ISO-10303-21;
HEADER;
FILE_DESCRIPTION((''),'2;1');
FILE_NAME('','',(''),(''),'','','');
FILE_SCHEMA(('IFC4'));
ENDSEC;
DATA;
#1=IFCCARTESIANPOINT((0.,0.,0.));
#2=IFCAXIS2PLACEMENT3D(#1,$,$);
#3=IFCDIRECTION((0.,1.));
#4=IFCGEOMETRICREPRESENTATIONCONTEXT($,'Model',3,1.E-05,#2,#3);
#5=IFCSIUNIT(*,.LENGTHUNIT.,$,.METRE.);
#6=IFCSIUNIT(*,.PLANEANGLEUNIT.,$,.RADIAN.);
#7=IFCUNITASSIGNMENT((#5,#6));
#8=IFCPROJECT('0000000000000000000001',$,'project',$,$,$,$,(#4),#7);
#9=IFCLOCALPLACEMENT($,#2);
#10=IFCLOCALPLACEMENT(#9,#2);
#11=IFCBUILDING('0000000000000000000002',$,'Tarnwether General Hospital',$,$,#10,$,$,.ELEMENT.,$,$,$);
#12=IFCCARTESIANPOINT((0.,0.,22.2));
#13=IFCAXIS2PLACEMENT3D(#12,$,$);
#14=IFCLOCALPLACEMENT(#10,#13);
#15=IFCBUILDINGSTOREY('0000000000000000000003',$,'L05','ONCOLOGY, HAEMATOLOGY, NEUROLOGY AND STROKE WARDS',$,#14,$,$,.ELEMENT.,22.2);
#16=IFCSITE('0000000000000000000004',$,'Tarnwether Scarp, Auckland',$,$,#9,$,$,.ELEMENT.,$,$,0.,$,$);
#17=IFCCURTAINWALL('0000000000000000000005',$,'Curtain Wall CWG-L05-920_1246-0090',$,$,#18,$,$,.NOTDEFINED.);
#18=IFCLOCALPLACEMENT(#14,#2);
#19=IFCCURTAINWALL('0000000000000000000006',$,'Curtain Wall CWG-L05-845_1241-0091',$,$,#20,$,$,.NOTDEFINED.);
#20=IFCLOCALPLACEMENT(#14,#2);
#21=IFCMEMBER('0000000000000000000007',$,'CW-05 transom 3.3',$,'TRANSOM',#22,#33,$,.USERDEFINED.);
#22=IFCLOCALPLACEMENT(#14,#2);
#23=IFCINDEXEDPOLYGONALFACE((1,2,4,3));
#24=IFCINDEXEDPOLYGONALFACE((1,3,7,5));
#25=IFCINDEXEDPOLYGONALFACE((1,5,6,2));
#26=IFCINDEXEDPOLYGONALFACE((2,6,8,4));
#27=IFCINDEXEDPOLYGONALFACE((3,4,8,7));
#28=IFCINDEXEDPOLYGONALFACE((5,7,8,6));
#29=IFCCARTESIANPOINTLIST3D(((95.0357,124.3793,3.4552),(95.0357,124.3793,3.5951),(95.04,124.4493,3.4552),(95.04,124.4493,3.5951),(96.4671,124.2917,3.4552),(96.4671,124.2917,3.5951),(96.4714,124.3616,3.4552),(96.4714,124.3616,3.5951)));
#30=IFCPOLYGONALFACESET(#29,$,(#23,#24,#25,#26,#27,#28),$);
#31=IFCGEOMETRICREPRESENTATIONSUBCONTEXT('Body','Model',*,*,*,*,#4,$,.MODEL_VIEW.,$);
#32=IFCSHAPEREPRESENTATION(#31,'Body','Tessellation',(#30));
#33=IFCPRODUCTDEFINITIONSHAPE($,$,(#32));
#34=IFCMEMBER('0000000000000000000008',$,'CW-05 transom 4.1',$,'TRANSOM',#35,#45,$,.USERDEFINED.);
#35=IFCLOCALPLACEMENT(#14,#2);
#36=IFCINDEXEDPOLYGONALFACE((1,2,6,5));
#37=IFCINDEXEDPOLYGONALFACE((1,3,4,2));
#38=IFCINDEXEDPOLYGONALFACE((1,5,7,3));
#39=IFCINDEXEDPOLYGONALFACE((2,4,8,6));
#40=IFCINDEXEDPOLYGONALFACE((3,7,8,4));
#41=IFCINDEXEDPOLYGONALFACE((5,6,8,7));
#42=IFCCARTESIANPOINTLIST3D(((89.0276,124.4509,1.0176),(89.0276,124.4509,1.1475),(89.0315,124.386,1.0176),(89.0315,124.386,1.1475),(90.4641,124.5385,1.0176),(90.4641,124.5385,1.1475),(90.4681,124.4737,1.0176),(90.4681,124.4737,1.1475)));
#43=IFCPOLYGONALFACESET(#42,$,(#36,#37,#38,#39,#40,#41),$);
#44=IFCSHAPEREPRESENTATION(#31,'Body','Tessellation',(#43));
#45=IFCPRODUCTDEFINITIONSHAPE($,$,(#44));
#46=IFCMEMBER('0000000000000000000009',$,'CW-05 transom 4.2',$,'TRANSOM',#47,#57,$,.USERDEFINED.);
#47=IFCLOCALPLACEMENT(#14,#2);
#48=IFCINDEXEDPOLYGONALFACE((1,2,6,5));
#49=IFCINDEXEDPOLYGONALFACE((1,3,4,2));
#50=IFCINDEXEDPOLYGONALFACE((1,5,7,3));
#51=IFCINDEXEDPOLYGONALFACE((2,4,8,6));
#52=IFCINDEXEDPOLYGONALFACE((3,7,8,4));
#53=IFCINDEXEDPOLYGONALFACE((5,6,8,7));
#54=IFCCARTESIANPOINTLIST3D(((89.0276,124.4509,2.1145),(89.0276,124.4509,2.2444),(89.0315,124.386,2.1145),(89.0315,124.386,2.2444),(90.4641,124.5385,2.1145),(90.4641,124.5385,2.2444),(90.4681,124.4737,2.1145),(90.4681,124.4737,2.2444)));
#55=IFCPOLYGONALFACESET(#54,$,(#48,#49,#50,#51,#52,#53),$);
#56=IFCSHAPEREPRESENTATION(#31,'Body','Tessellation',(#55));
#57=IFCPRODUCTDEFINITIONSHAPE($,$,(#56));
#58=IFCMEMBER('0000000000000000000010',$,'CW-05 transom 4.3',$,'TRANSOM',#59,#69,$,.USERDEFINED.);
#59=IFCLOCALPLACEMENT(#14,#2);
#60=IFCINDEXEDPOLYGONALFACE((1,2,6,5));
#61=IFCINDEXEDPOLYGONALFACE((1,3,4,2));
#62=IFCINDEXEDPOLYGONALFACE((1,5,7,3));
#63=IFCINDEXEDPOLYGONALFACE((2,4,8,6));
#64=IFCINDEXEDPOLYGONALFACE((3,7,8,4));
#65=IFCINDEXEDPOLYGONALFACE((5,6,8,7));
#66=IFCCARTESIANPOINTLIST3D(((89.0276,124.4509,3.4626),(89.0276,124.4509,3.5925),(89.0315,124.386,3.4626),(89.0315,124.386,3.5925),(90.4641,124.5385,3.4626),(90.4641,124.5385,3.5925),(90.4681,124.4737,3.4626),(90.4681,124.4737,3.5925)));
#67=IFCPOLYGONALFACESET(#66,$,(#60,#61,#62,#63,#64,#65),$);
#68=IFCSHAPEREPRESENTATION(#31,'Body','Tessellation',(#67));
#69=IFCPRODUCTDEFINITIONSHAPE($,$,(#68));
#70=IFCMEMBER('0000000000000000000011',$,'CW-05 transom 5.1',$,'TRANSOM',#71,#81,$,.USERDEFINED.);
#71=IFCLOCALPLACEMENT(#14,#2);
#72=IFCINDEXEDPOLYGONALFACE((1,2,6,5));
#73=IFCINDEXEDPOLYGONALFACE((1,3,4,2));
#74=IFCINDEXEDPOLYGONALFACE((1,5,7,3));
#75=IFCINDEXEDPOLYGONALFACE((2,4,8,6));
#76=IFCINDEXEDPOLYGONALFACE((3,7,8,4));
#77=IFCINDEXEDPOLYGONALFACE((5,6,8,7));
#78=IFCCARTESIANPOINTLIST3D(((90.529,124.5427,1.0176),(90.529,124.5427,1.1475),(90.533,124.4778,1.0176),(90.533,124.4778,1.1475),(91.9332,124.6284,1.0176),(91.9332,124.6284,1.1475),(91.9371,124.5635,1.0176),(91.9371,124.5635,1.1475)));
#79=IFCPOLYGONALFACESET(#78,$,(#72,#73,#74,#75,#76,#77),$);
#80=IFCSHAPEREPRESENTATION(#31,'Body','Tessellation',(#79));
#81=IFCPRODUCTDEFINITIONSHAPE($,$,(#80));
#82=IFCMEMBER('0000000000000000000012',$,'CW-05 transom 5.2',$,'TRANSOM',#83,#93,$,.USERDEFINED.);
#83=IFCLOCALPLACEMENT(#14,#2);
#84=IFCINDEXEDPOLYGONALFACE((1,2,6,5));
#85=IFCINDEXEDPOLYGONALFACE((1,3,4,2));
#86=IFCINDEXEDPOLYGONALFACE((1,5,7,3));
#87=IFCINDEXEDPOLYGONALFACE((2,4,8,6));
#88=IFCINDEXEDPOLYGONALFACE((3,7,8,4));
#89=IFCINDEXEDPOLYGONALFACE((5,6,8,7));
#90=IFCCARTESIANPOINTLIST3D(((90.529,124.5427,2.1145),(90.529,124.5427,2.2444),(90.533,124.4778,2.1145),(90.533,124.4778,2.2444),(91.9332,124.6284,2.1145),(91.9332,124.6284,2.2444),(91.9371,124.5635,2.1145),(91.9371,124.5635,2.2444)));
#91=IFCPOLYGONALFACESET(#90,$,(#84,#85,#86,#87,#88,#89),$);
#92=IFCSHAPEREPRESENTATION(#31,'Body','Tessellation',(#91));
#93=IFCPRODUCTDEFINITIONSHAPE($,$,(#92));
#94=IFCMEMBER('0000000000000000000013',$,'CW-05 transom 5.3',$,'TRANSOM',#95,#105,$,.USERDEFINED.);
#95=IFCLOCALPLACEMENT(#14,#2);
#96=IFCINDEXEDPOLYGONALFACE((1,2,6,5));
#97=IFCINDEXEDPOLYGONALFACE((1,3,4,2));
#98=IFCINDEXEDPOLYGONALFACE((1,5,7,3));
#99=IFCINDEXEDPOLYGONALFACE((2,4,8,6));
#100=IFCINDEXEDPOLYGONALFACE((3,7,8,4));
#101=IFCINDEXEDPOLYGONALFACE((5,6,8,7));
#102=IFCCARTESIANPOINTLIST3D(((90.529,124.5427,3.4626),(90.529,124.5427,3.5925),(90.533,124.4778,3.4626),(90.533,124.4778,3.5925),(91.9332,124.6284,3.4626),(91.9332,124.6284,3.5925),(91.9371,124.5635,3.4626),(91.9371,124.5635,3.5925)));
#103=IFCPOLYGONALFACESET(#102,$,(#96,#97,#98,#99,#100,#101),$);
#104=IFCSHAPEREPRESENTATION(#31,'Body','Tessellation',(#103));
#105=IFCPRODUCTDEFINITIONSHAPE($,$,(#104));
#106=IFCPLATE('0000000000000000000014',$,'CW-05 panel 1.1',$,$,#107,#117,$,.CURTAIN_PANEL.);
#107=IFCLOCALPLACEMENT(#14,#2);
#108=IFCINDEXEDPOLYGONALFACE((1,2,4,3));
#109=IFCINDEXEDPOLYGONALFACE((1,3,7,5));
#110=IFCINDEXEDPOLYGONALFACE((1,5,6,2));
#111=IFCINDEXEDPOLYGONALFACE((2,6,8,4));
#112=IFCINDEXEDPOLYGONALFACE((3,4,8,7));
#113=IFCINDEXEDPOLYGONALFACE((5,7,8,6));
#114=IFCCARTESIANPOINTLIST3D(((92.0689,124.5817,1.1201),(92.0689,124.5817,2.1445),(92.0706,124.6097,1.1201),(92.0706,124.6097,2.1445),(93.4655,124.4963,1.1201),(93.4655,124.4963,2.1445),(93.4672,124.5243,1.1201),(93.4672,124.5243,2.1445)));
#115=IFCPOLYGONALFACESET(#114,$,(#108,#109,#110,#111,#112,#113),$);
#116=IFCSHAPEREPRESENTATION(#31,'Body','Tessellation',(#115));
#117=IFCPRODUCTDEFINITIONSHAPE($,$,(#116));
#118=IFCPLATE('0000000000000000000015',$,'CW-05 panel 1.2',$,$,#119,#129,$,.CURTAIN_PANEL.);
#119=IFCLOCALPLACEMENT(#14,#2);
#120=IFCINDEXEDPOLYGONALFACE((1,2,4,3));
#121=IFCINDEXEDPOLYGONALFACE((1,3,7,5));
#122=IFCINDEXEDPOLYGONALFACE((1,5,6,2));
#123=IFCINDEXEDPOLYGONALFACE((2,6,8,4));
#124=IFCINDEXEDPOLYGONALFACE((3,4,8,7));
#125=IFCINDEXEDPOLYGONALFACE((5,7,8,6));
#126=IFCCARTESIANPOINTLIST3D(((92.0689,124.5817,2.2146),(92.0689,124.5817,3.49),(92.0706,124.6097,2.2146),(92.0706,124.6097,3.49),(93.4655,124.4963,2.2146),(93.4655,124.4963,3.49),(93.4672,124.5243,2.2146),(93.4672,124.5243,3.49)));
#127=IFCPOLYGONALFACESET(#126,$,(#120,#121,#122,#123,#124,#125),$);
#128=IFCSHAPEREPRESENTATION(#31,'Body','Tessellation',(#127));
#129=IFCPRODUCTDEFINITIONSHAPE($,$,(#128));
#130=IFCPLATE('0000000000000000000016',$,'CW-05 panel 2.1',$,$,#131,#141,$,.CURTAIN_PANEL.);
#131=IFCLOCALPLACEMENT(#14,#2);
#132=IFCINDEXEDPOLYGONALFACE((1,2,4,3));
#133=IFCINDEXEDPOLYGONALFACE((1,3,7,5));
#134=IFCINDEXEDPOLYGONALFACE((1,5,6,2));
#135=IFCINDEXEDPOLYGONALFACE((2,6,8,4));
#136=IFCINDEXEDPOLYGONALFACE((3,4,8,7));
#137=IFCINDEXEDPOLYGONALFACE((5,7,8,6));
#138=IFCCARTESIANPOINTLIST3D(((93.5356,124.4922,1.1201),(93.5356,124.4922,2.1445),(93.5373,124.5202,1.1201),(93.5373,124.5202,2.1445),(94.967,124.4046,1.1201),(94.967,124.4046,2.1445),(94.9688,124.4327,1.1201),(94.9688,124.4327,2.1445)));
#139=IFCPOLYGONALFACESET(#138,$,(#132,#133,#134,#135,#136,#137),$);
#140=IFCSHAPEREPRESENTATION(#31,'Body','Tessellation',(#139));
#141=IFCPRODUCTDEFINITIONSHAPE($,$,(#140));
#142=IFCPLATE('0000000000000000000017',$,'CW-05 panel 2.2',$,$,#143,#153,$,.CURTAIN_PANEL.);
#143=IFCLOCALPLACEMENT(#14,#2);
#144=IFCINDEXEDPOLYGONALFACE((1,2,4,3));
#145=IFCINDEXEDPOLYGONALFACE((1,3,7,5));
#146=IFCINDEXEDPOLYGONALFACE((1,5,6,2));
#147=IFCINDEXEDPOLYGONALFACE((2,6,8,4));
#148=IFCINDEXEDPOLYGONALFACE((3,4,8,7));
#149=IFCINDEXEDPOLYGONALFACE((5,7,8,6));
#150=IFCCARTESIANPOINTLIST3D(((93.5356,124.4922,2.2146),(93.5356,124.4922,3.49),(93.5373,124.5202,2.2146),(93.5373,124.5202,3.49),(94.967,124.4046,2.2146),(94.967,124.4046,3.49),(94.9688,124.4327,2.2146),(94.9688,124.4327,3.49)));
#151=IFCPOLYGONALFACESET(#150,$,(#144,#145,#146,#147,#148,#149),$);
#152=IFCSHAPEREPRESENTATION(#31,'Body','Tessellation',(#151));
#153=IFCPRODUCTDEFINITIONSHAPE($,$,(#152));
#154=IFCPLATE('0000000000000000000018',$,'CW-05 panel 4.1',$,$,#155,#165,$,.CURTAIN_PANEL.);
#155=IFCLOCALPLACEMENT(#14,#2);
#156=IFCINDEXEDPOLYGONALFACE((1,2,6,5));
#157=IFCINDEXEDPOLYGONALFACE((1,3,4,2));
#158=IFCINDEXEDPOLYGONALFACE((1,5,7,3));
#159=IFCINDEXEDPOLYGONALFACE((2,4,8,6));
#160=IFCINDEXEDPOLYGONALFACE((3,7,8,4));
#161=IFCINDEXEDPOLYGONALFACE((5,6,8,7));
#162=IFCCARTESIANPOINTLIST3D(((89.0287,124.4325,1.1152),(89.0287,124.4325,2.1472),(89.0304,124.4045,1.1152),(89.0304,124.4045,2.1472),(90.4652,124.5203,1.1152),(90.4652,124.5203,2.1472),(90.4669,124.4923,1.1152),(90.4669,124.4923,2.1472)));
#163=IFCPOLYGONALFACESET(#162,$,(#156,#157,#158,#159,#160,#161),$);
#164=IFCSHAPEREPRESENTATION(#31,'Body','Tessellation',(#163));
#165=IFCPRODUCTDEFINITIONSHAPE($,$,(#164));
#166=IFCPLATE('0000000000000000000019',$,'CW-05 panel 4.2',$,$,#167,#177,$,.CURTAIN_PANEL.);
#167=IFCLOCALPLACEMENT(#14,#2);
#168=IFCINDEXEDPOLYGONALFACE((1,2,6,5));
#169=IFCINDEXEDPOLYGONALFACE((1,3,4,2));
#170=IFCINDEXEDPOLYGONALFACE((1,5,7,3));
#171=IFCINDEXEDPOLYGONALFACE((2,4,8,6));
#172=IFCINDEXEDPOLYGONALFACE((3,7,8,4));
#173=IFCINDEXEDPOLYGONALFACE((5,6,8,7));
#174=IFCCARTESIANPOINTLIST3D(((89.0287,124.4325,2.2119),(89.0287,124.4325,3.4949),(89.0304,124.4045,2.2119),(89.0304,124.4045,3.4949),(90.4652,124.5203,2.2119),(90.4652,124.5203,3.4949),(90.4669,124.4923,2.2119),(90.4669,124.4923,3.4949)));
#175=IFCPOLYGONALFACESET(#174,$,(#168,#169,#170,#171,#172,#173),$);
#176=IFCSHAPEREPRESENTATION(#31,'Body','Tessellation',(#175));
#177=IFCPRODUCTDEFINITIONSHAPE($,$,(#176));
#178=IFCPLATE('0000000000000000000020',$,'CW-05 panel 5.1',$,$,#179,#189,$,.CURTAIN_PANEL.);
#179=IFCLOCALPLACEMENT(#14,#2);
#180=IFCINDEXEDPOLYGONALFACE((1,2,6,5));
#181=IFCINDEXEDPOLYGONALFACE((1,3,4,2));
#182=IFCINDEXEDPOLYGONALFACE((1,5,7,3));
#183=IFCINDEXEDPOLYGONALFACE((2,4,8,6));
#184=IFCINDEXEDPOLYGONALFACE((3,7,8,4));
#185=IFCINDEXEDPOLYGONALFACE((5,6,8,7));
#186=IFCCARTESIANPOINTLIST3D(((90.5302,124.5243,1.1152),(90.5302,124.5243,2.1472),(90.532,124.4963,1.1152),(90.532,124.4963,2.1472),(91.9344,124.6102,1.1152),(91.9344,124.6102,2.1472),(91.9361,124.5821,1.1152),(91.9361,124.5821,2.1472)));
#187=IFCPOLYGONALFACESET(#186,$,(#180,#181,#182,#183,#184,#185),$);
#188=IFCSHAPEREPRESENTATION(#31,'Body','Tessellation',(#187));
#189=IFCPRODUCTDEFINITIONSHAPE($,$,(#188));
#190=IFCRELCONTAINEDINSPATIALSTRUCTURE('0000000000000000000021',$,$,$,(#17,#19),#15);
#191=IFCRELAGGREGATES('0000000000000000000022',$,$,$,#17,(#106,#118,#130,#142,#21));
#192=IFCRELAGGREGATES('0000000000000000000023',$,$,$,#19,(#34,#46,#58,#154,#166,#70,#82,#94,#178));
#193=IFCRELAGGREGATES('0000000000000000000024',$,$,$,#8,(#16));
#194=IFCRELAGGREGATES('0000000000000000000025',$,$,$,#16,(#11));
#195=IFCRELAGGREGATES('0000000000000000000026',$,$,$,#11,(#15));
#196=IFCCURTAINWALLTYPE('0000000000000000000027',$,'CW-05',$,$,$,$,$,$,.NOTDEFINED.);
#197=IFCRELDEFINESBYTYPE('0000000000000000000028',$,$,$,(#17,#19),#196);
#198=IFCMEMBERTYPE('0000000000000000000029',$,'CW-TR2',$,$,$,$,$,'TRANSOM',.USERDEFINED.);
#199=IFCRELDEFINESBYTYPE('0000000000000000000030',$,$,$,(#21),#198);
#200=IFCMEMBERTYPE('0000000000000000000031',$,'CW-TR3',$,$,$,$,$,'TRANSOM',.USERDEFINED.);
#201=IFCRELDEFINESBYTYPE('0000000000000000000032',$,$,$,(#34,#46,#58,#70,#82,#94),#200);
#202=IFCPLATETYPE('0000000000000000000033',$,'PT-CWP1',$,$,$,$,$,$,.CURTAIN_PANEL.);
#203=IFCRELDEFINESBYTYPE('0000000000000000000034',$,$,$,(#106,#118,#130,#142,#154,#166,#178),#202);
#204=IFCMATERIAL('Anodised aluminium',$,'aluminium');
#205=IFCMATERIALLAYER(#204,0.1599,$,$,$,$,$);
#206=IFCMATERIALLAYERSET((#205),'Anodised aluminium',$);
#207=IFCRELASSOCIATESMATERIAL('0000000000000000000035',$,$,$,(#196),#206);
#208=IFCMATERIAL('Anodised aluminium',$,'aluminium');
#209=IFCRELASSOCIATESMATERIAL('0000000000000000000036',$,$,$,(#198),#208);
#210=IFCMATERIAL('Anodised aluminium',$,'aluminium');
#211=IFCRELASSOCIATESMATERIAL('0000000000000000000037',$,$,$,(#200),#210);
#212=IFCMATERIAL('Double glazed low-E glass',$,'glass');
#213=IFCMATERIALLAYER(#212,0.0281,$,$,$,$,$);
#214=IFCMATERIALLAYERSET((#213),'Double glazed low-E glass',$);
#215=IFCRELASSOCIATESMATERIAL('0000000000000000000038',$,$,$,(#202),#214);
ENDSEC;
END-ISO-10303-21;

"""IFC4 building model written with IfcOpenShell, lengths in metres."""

from ifc_helpers import new_model, si_unit, direction, frame, origin, origin_2d, place, context, subcontext, project, spatial, rectangle, extrude, material, layer, layer_set, material_profile, profile_set, type_object, element, aggregate, save


model = new_model("IFC4")

# Units and contexts
model_context = context("Model", 3, precision=1e-05, world=origin(), true_north=direction((0.0, 1.0)))
body_context = subcontext(model_context, "Body", "Model", "MODEL_VIEW")
ifc_project = project(units=[si_unit("LENGTHUNIT", "METRE"), si_unit("PLANEANGLEUNIT", "RADIAN")], contexts=[model_context])

# Site, building, storey
site_placement = place(None, origin())
site = spatial("IfcSite", under=ifc_project, at=site_placement, Name="Tarnwether Scarp, Auckland", CompositionType="ELEMENT", RefElevation=0.0)
building_placement = place(site_placement, origin())
building = spatial("IfcBuilding", under=site, at=building_placement, Name="Tarnwether General Hospital", CompositionType="ELEMENT")
storey_placement = place(building_placement, frame((0.0, 0.0, 22.2)))
storey = spatial("IfcBuildingStorey", under=building, at=storey_placement, Name="L05", Description="ONCOLOGY, HAEMATOLOGY, NEUROLOGY AND STROKE WARDS", CompositionType="ELEMENT", Elevation=22.2)

# Curtain walls
ifc_material_1 = material(Name="Anodised aluminium", Category="aluminium")
ifc_layer_1 = layer(ifc_material_1, 0.1599)
ifc_layer_set_1 = layer_set([ifc_layer_1], Name="Anodised aluminium")
curtain_wall_type = type_object("IfcCurtainWallType", Name="CW-05", PredefinedType="NOTDEFINED", material=ifc_layer_set_1)
curtain_wall_1_placement = place(storey_placement, origin())
curtain_wall_1 = element("IfcCurtainWall", 1, at=curtain_wall_1_placement, inside=storey, type_object=curtain_wall_type, Name="Curtain Wall CWG-L05-920_1246-0090", PredefinedType="NOTDEFINED")
curtain_wall_2_placement = place(storey_placement, origin())
curtain_wall_2 = element("IfcCurtainWall", 2, at=curtain_wall_2_placement, inside=storey, type_object=curtain_wall_type, Name="Curtain Wall CWG-L05-845_1241-0091", PredefinedType="NOTDEFINED")

# Members
ifc_material_2 = material(Name="Anodised aluminium", Category="aluminium")
ifc_material_profile_1 = material_profile(ifc_material_2, rectangle(XDim=0.0701, YDim=0.1399, at=origin_2d()), Name="ALU-TRN-70x140")
ifc_profile_set_1 = profile_set([ifc_material_profile_1], Name="Anodised aluminium")
member_type_1 = type_object("IfcMemberType", Name="CW-TR2", ElementType="TRANSOM", PredefinedType="USERDEFINED", material=ifc_profile_set_1)
member_1_placement = place(storey_placement, frame((95.0378, 124.4143, 3.5251), z_axis=(0.998131, -0.061117, 0.0), x_axis=(0.061117, 0.998131, 0.0)))
member_1 = element("IfcMember", 3, at=member_1_placement, type_object=member_type_1, Name="CW-05 transom 3.3", ObjectType="TRANSOM", PredefinedType="USERDEFINED", context=body_context, shape_type="SweptSolid", body=[
    extrude(rectangle(XDim=0.0701, YDim=0.1399, at=origin_2d()), origin(), (0.0, 0.0, 1.0), 1.4341),
])
ifc_material_3 = material(Name="Anodised aluminium", Category="aluminium")
ifc_material_profile_2 = material_profile(ifc_material_3, rectangle(XDim=0.0649, YDim=0.1299, at=origin_2d()), Name="ALU-TRN-65x130")
ifc_profile_set_2 = profile_set([ifc_material_profile_2], Name="Anodised aluminium")
member_type_2 = type_object("IfcMemberType", Name="CW-TR3", ElementType="TRANSOM", PredefinedType="USERDEFINED", material=ifc_profile_set_2)
member_2_placement = place(storey_placement, frame((89.0295, 124.4185, 1.0825), z_axis=(0.998144, 0.0609, 0.0), x_axis=(-0.0609, 0.998144, 0.0)))
member_2 = element("IfcMember", 4, at=member_2_placement, type_object=member_type_2, Name="CW-05 transom 4.1", ObjectType="TRANSOM", PredefinedType="USERDEFINED", context=body_context, shape_type="SweptSolid", body=[
    extrude(rectangle(XDim=0.0649, YDim=0.1299, at=origin_2d()), origin(), (0.0, 0.0, 1.0), 1.4392),
])
member_3_placement = place(storey_placement, frame((89.0295, 124.4185, 2.1794), z_axis=(0.998144, 0.0609, 0.0), x_axis=(-0.0609, 0.998144, 0.0)))
member_3 = element("IfcMember", 5, at=member_3_placement, type_object=member_type_2, Name="CW-05 transom 4.2", ObjectType="TRANSOM", PredefinedType="USERDEFINED", context=body_context, shape_type="SweptSolid", body=[
    extrude(rectangle(XDim=0.0649, YDim=0.1299, at=origin_2d()), origin(), (0.0, 0.0, 1.0), 1.4392),
])
member_4_placement = place(storey_placement, frame((89.0295, 124.4185, 3.5276), z_axis=(0.998144, 0.0609, 0.0), x_axis=(-0.0609, 0.998144, 0.0)))
member_4 = element("IfcMember", 6, at=member_4_placement, type_object=member_type_2, Name="CW-05 transom 4.3", ObjectType="TRANSOM", PredefinedType="USERDEFINED", context=body_context, shape_type="SweptSolid", body=[
    extrude(rectangle(XDim=0.0649, YDim=0.1299, at=origin_2d()), origin(), (0.0, 0.0, 1.0), 1.4392),
])
member_5_placement = place(storey_placement, frame((90.531, 124.5103, 1.0825), z_axis=(0.998143, 0.06092, 0.0), x_axis=(-0.06092, 0.998143, 0.0)))
member_5 = element("IfcMember", 7, at=member_5_placement, type_object=member_type_2, Name="CW-05 transom 5.1", ObjectType="TRANSOM", PredefinedType="USERDEFINED", context=body_context, shape_type="SweptSolid", body=[
    extrude(rectangle(XDim=0.0649, YDim=0.1299, at=origin_2d()), origin(), (0.0, 0.0, 1.0), 1.4067),
])
member_6_placement = place(storey_placement, frame((90.531, 124.5103, 2.1794), z_axis=(0.998143, 0.06092, 0.0), x_axis=(-0.06092, 0.998143, 0.0)))
member_6 = element("IfcMember", 8, at=member_6_placement, type_object=member_type_2, Name="CW-05 transom 5.2", ObjectType="TRANSOM", PredefinedType="USERDEFINED", context=body_context, shape_type="SweptSolid", body=[
    extrude(rectangle(XDim=0.0649, YDim=0.1299, at=origin_2d()), origin(), (0.0, 0.0, 1.0), 1.4067),
])
member_7_placement = place(storey_placement, frame((90.531, 124.5103, 3.5276), z_axis=(0.998143, 0.06092, 0.0), x_axis=(-0.06092, 0.998143, 0.0)))
member_7 = element("IfcMember", 9, at=member_7_placement, type_object=member_type_2, Name="CW-05 transom 5.3", ObjectType="TRANSOM", PredefinedType="USERDEFINED", context=body_context, shape_type="SweptSolid", body=[
    extrude(rectangle(XDim=0.0649, YDim=0.1299, at=origin_2d()), origin(), (0.0, 0.0, 1.0), 1.4067),
])

# Plates
ifc_material_4 = material(Name="Double glazed low-E glass", Category="glass")
ifc_layer_2 = layer(ifc_material_4, 0.0281)
ifc_layer_set_2 = layer_set([ifc_layer_2], Name="Double glazed low-E glass")
plate_type = type_object("IfcPlateType", Name="PT-CWP1", PredefinedType="CURTAIN_PANEL", material=ifc_layer_set_2)
plate_1_placement = place(storey_placement, frame((92.7681, 124.553, 1.1201), z_axis=(0.0, 0.0, 1.0), x_axis=(0.998136, -0.061029, 0.0)))
plate_1 = element("IfcPlate", 10, at=plate_1_placement, type_object=plate_type, Name="CW-05 panel 1.1", PredefinedType="CURTAIN_PANEL", context=body_context, shape_type="SweptSolid", body=[
    extrude(rectangle(XDim=1.3992, YDim=0.0281, at=origin_2d()), origin(), (0.0, 0.0, 1.0), 1.0244),
])
plate_2_placement = place(storey_placement, frame((92.7681, 124.553, 2.2146), z_axis=(0.0, 0.0, 1.0), x_axis=(0.998136, -0.061029, 0.0)))
plate_2 = element("IfcPlate", 11, at=plate_2_placement, type_object=plate_type, Name="CW-05 panel 1.2", PredefinedType="CURTAIN_PANEL", context=body_context, shape_type="SweptSolid", body=[
    extrude(rectangle(XDim=1.3992, YDim=0.0281, at=origin_2d()), origin(), (0.0, 0.0, 1.0), 1.2754),
])
plate_3_placement = place(storey_placement, frame((94.2522, 124.4624, 1.1201), z_axis=(0.0, 0.0, 1.0), x_axis=(0.998136, -0.061029, 0.0)))
plate_3 = element("IfcPlate", 12, at=plate_3_placement, type_object=plate_type, Name="CW-05 panel 2.1", PredefinedType="CURTAIN_PANEL", context=body_context, shape_type="SweptSolid", body=[
    extrude(rectangle(XDim=1.4341, YDim=0.0281, at=origin_2d()), origin(), (0.0, 0.0, 1.0), 1.0244),
])
plate_4_placement = place(storey_placement, frame((94.2522, 124.4624, 2.2146), z_axis=(0.0, 0.0, 1.0), x_axis=(0.998136, -0.061029, 0.0)))
plate_4 = element("IfcPlate", 13, at=plate_4_placement, type_object=plate_type, Name="CW-05 panel 2.2", PredefinedType="CURTAIN_PANEL", context=body_context, shape_type="SweptSolid", body=[
    extrude(rectangle(XDim=1.4341, YDim=0.0281, at=origin_2d()), origin(), (0.0, 0.0, 1.0), 1.2754),
])
aggregate(curtain_wall_1, [plate_1, plate_2, plate_3, plate_4, member_1])
plate_5_placement = place(storey_placement, frame((89.7478, 124.4624, 1.1152), z_axis=(0.0, 0.0, 1.0), x_axis=(0.998136, 0.061029, 0.0)))
plate_5 = element("IfcPlate", 14, at=plate_5_placement, type_object=plate_type, Name="CW-05 panel 4.1", PredefinedType="CURTAIN_PANEL", context=body_context, shape_type="SweptSolid", body=[
    extrude(rectangle(XDim=1.4392, YDim=0.0281, at=origin_2d()), origin(), (0.0, 0.0, 1.0), 1.032),
])
plate_6_placement = place(storey_placement, frame((89.7478, 124.4624, 2.2119), z_axis=(0.0, 0.0, 1.0), x_axis=(0.998136, 0.061029, 0.0)))
plate_6 = element("IfcPlate", 15, at=plate_6_placement, type_object=plate_type, Name="CW-05 panel 4.2", PredefinedType="CURTAIN_PANEL", context=body_context, shape_type="SweptSolid", body=[
    extrude(rectangle(XDim=1.4392, YDim=0.0281, at=origin_2d()), origin(), (0.0, 0.0, 1.0), 1.283),
])
plate_7_placement = place(storey_placement, frame((91.2332, 124.5532, 1.1152), z_axis=(0.0, 0.0, 1.0), x_axis=(0.998136, 0.061029, 0.0)))
plate_7 = element("IfcPlate", 16, at=plate_7_placement, type_object=plate_type, Name="CW-05 panel 5.1", PredefinedType="CURTAIN_PANEL", context=body_context, shape_type="SweptSolid", body=[
    extrude(rectangle(XDim=1.4067, YDim=0.0281, at=origin_2d()), origin(), (0.0, 0.0, 1.0), 1.032),
])
aggregate(curtain_wall_2, [member_2, member_3, member_4, plate_5, plate_6, member_5, member_6, member_7, plate_7])

save(model, "model.ifc")
